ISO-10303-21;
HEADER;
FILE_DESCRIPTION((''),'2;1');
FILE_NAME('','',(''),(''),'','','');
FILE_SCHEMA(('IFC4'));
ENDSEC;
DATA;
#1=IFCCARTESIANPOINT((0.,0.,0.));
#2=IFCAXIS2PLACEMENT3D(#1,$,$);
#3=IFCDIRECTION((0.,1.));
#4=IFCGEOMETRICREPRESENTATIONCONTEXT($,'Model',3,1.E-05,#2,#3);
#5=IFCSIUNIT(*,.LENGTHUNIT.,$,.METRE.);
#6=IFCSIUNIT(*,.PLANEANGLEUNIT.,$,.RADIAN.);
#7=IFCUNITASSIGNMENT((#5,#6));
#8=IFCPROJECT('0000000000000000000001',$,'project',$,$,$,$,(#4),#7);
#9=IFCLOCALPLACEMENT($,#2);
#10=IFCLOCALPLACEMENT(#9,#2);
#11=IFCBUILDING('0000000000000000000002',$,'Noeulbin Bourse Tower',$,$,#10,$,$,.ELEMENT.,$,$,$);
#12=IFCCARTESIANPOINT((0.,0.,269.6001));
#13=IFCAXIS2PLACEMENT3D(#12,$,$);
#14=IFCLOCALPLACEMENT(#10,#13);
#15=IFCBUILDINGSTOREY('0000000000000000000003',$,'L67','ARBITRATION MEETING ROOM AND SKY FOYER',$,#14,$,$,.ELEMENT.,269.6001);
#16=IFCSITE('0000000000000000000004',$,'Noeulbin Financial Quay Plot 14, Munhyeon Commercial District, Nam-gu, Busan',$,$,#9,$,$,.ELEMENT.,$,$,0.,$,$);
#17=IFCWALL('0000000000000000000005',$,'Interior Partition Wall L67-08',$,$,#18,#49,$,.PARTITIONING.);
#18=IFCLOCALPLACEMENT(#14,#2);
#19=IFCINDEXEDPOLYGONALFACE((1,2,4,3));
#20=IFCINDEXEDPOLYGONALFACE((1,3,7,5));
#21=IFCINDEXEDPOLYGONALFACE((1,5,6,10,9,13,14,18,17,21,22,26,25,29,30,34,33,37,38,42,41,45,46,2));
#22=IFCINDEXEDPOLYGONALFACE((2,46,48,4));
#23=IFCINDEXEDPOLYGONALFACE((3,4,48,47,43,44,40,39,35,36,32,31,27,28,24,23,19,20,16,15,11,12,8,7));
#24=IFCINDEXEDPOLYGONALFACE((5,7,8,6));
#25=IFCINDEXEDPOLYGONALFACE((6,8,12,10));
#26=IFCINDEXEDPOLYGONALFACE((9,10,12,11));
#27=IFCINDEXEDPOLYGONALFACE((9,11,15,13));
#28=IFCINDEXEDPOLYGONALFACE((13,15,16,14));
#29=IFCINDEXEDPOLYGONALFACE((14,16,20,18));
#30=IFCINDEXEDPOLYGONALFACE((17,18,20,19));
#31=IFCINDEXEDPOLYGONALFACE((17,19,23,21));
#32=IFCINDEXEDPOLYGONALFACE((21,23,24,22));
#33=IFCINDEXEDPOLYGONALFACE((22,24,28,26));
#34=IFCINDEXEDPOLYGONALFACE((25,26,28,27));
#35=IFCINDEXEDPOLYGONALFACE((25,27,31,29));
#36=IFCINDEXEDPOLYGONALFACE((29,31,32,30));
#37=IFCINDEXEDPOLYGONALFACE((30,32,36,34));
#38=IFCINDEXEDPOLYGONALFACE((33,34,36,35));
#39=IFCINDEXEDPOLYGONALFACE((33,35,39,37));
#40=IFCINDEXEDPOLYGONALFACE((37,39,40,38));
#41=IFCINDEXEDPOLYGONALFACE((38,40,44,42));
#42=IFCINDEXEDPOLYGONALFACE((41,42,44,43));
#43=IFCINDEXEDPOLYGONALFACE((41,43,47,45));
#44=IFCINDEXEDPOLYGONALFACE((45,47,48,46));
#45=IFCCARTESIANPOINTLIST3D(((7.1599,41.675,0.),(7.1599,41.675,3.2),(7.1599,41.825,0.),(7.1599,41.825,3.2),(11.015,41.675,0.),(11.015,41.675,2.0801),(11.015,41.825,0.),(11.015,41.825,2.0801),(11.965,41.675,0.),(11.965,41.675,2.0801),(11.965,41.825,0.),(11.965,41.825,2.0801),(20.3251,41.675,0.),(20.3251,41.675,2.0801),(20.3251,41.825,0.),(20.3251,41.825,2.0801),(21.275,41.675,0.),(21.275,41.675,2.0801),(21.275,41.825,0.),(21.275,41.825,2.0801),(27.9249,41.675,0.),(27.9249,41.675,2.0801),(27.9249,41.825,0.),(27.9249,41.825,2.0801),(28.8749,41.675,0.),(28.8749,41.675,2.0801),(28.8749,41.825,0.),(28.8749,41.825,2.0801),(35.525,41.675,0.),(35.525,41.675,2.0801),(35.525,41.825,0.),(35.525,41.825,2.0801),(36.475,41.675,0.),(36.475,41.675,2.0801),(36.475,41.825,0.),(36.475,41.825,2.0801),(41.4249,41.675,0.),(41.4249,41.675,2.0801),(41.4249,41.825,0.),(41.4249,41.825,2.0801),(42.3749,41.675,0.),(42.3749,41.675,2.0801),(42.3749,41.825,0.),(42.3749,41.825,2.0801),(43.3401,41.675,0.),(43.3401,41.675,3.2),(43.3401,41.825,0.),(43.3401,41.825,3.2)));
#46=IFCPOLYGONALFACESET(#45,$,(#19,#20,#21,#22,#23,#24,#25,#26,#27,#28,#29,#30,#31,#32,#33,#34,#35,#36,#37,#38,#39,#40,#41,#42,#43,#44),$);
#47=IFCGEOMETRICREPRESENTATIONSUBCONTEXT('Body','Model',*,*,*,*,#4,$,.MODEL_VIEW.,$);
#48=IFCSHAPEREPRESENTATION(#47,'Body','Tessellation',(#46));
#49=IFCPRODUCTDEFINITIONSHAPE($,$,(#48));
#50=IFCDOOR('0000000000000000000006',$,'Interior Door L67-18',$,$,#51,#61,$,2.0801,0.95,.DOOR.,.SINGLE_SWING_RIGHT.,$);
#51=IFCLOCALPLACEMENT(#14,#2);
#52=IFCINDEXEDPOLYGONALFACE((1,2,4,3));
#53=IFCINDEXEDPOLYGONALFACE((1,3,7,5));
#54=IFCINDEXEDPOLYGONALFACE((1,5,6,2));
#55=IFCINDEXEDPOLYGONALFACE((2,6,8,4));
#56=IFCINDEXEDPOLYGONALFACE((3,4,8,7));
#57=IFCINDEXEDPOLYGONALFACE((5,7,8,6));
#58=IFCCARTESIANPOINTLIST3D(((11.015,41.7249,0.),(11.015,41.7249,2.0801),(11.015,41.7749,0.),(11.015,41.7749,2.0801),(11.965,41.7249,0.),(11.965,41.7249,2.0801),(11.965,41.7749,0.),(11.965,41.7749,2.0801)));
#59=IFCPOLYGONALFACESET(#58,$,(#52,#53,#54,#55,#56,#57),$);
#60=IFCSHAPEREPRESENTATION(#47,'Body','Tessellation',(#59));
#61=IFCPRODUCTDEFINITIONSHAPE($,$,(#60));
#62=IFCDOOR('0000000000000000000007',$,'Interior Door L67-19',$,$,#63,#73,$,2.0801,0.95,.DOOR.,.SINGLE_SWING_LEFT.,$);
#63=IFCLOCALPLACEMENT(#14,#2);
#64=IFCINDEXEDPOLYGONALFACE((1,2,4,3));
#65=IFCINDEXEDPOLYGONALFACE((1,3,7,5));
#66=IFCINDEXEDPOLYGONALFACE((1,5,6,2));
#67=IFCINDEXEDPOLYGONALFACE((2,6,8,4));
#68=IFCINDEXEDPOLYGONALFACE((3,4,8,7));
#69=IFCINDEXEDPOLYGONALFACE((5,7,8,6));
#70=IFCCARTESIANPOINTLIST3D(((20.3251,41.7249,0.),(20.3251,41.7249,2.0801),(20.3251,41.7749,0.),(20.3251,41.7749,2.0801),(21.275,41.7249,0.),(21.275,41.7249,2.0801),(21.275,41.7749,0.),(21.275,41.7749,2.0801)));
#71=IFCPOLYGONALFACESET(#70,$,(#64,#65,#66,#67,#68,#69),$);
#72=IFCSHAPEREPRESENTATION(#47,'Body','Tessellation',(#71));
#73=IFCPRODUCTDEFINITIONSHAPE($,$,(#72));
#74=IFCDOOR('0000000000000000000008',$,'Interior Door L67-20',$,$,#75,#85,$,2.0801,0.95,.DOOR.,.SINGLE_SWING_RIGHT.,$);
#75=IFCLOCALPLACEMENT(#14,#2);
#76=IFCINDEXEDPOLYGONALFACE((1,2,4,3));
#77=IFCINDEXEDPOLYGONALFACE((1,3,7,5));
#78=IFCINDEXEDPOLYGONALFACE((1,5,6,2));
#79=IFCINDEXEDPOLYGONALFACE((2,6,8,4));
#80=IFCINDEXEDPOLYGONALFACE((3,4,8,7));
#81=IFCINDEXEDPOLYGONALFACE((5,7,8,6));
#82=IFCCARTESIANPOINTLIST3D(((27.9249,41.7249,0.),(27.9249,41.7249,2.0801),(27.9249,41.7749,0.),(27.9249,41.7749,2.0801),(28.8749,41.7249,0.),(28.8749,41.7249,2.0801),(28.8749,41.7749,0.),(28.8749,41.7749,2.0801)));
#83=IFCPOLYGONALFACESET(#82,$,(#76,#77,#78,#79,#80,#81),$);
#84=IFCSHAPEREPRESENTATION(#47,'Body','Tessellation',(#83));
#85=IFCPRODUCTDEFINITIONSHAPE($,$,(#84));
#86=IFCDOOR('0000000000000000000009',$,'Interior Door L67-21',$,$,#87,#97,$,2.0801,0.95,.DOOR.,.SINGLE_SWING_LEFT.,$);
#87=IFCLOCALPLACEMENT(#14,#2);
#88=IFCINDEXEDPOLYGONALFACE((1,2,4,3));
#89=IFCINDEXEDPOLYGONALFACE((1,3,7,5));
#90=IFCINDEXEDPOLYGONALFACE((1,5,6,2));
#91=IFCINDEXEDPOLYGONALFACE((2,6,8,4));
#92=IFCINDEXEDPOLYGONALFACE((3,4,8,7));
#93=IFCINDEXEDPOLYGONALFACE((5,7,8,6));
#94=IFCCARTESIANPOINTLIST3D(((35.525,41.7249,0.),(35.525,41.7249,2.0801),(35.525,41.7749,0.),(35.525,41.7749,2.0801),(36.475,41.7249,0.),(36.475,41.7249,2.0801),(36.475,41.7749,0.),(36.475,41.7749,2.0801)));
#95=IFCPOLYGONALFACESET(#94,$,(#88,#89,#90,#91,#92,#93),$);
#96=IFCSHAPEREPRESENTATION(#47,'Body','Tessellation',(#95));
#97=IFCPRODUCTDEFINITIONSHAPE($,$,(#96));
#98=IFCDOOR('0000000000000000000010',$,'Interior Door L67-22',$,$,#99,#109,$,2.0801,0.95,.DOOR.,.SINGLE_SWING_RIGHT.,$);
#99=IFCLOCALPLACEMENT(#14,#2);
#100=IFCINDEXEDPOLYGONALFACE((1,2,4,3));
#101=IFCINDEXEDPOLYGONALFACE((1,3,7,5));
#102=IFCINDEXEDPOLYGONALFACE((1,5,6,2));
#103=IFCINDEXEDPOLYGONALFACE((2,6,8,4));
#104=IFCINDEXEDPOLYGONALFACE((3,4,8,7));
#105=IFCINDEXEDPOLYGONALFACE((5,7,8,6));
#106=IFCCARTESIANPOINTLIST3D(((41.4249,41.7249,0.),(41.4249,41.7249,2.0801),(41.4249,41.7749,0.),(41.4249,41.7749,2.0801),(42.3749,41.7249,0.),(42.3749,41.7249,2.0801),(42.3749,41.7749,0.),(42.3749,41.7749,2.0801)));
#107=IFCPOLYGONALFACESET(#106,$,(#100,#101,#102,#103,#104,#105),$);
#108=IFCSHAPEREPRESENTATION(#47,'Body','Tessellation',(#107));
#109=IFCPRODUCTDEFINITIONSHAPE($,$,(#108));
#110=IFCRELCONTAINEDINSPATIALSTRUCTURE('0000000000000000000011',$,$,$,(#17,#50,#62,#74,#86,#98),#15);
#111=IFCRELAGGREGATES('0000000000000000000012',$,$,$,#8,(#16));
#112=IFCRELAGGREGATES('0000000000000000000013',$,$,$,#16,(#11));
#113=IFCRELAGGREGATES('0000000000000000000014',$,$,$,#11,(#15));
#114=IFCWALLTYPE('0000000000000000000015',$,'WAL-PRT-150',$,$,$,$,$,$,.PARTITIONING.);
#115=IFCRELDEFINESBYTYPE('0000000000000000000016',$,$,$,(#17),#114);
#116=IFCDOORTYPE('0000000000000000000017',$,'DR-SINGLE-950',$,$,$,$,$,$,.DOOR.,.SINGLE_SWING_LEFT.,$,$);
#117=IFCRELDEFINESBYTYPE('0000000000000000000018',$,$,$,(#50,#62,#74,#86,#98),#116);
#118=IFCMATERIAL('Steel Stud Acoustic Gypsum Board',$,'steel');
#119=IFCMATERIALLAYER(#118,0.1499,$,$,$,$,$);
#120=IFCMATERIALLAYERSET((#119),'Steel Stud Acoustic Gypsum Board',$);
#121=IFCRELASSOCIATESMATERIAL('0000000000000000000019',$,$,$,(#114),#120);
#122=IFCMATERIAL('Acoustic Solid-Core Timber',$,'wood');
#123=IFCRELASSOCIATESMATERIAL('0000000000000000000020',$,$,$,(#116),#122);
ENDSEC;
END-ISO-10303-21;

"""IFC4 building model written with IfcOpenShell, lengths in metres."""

from ifc_helpers import new_model, si_unit, direction, frame, frame_2d, origin, place, context, subcontext, project, spatial, rectangle, extrude, material, layer, layer_set, type_object, element, fill, save


model = new_model("IFC4")

# Units and contexts
model_context = context("Model", 3, precision=1e-05, world=origin(), true_north=direction((0.0, 1.0)))
body_context = subcontext(model_context, "Body", "Model", "MODEL_VIEW")
ifc_project = project(units=[si_unit("LENGTHUNIT", "METRE"), si_unit("PLANEANGLEUNIT", "RADIAN")], contexts=[model_context])

# Site, building, storey
site_placement = place(None, origin())
site = spatial("IfcSite", under=ifc_project, at=site_placement, Name="Noeulbin Financial Quay Plot 14, Munhyeon Commercial District, Nam-gu, Busan", CompositionType="ELEMENT", RefElevation=0.0)
building_placement = place(site_placement, origin())
building = spatial("IfcBuilding", under=site, at=building_placement, Name="Noeulbin Bourse Tower", CompositionType="ELEMENT")
storey_placement = place(building_placement, frame((0.0, 0.0, 269.6001)))
storey = spatial("IfcBuildingStorey", under=building, at=storey_placement, Name="L67", Description="ARBITRATION MEETING ROOM AND SKY FOYER", CompositionType="ELEMENT", Elevation=269.6001)

# Wall, openings, doors
ifc_material_1 = material(Name="Steel Stud Acoustic Gypsum Board", Category="steel")
ifc_layer_1 = layer(ifc_material_1, 0.1499)
ifc_layer_set_1 = layer_set([ifc_layer_1], Name="Steel Stud Acoustic Gypsum Board")
wall_type_1 = type_object("IfcWallType", Name="WAL-PRT-150", PredefinedType="PARTITIONING", material=ifc_layer_set_1)
wall_1_placement = place(storey_placement, frame((7.1599, 41.75, 0.0), z_axis=(0.0, 0.0, 1.0), x_axis=(1.0, 0.0, 0.0)))
wall_1 = element("IfcWall", 1, at=wall_1_placement, inside=storey, type_object=wall_type_1, Name="Interior Partition Wall L67-08", PredefinedType="PARTITIONING", context=body_context, shape_type="SweptSolid", body=[
    extrude(rectangle(XDim=36.1802, YDim=0.1499, at=frame_2d((18.0901, 0.0))), origin(), (0.0, 0.0, 1.0), 3.2),
])
opening_1_placement = place(wall_1_placement, frame((3.855, 0.0, 0.0)))
opening_1 = element("IfcOpeningElement", 2, at=opening_1_placement, cuts=wall_1, PredefinedType="OPENING", context=body_context, shape_type="SweptSolid", body=[
    extrude(rectangle(XDim=0.95, YDim=2.0801, at=frame_2d((0.4751, 1.04))), frame((0.0, 0.085, 0.0), z_axis=(0.0, -1.0, 0.0), x_axis=(1.0, 0.0, 0.0)), (0.0, 0.0, 1.0), 0.1699),
])
opening_2_placement = place(wall_1_placement, frame((13.165, 0.0, 0.0)))
opening_2 = element("IfcOpeningElement", 3, at=opening_2_placement, cuts=wall_1, PredefinedType="OPENING", context=body_context, shape_type="SweptSolid", body=[
    extrude(rectangle(XDim=0.95, YDim=2.0801, at=frame_2d((0.4751, 1.04))), frame((0.0, 0.085, 0.0), z_axis=(0.0, -1.0, 0.0), x_axis=(1.0, 0.0, 0.0)), (0.0, 0.0, 1.0), 0.1699),
])
opening_3_placement = place(wall_1_placement, frame((20.7649, 0.0, 0.0)))
opening_3 = element("IfcOpeningElement", 4, at=opening_3_placement, cuts=wall_1, PredefinedType="OPENING", context=body_context, shape_type="SweptSolid", body=[
    extrude(rectangle(XDim=0.95, YDim=2.0801, at=frame_2d((0.4751, 1.04))), frame((0.0, 0.085, 0.0), z_axis=(0.0, -1.0, 0.0), x_axis=(1.0, 0.0, 0.0)), (0.0, 0.0, 1.0), 0.1699),
])
opening_4_placement = place(wall_1_placement, frame((28.365, 0.0, 0.0)))
opening_4 = element("IfcOpeningElement", 5, at=opening_4_placement, cuts=wall_1, PredefinedType="OPENING", context=body_context, shape_type="SweptSolid", body=[
    extrude(rectangle(XDim=0.95, YDim=2.0801, at=frame_2d((0.4751, 1.04))), frame((0.0, 0.085, 0.0), z_axis=(0.0, -1.0, 0.0), x_axis=(1.0, 0.0, 0.0)), (0.0, 0.0, 1.0), 0.1699),
])
opening_5_placement = place(wall_1_placement, frame((34.2649, 0.0, 0.0)))
opening_5 = element("IfcOpeningElement", 6, at=opening_5_placement, cuts=wall_1, PredefinedType="OPENING", context=body_context, shape_type="SweptSolid", body=[
    extrude(rectangle(XDim=0.95, YDim=2.0801, at=frame_2d((0.4751, 1.04))), frame((0.0, 0.085, 0.0), z_axis=(0.0, -1.0, 0.0), x_axis=(1.0, 0.0, 0.0)), (0.0, 0.0, 1.0), 0.1699),
])
ifc_material_2 = material(Name="Acoustic Solid-Core Timber", Category="wood")
door_type = type_object("IfcDoorType", Name="DR-SINGLE-950", OperationType="SINGLE_SWING_LEFT", PredefinedType="DOOR", material=ifc_material_2)
door_1_placement = place(opening_1_placement, origin())
door_1 = element("IfcDoor", 7, at=door_1_placement, inside=storey, type_object=door_type, Name="Interior Door L67-18", OperationType="SINGLE_SWING_RIGHT", OverallHeight=2.0801, OverallWidth=0.95, PredefinedType="DOOR", context=body_context, shape_type="SweptSolid", body=[
    extrude(rectangle(XDim=0.95, YDim=2.0801, at=frame_2d((0.4751, 1.04))), frame((0.0, 0.0249, 0.0), z_axis=(0.0, -1.0, 0.0), x_axis=(1.0, 0.0, 0.0)), (0.0, 0.0, 1.0), 0.05),
])
fill(opening_1, door_1)
door_2_placement = place(opening_2_placement, origin())
door_2 = element("IfcDoor", 8, at=door_2_placement, inside=storey, type_object=door_type, Name="Interior Door L67-19", OperationType="SINGLE_SWING_LEFT", OverallHeight=2.0801, OverallWidth=0.95, PredefinedType="DOOR", context=body_context, shape_type="SweptSolid", body=[
    extrude(rectangle(XDim=0.95, YDim=2.0801, at=frame_2d((0.4751, 1.04))), frame((0.0, 0.0249, 0.0), z_axis=(0.0, -1.0, 0.0), x_axis=(1.0, 0.0, 0.0)), (0.0, 0.0, 1.0), 0.05),
])
fill(opening_2, door_2)
door_3_placement = place(opening_3_placement, origin())
door_3 = element("IfcDoor", 9, at=door_3_placement, inside=storey, type_object=door_type, Name="Interior Door L67-20", OperationType="SINGLE_SWING_RIGHT", OverallHeight=2.0801, OverallWidth=0.95, PredefinedType="DOOR", context=body_context, shape_type="SweptSolid", body=[
    extrude(rectangle(XDim=0.95, YDim=2.0801, at=frame_2d((0.4751, 1.04))), frame((0.0, 0.0249, 0.0), z_axis=(0.0, -1.0, 0.0), x_axis=(1.0, 0.0, 0.0)), (0.0, 0.0, 1.0), 0.05),
])
fill(opening_3, door_3)
door_4_placement = place(opening_4_placement, origin())
door_4 = element("IfcDoor", 10, at=door_4_placement, inside=storey, type_object=door_type, Name="Interior Door L67-21", OperationType="SINGLE_SWING_LEFT", OverallHeight=2.0801, OverallWidth=0.95, PredefinedType="DOOR", context=body_context, shape_type="SweptSolid", body=[
    extrude(rectangle(XDim=0.95, YDim=2.0801, at=frame_2d((0.4751, 1.04))), frame((0.0, 0.0249, 0.0), z_axis=(0.0, -1.0, 0.0), x_axis=(1.0, 0.0, 0.0)), (0.0, 0.0, 1.0), 0.05),
])
fill(opening_4, door_4)
door_5_placement = place(opening_5_placement, origin())
door_5 = element("IfcDoor", 11, at=door_5_placement, inside=storey, type_object=door_type, Name="Interior Door L67-22", OperationType="SINGLE_SWING_RIGHT", OverallHeight=2.0801, OverallWidth=0.95, PredefinedType="DOOR", context=body_context, shape_type="SweptSolid", body=[
    extrude(rectangle(XDim=0.95, YDim=2.0801, at=frame_2d((0.4751, 1.04))), frame((0.0, 0.0249, 0.0), z_axis=(0.0, -1.0, 0.0), x_axis=(1.0, 0.0, 0.0)), (0.0, 0.0, 1.0), 0.05),
])
fill(opening_5, door_5)

save(model, "model.ifc")
